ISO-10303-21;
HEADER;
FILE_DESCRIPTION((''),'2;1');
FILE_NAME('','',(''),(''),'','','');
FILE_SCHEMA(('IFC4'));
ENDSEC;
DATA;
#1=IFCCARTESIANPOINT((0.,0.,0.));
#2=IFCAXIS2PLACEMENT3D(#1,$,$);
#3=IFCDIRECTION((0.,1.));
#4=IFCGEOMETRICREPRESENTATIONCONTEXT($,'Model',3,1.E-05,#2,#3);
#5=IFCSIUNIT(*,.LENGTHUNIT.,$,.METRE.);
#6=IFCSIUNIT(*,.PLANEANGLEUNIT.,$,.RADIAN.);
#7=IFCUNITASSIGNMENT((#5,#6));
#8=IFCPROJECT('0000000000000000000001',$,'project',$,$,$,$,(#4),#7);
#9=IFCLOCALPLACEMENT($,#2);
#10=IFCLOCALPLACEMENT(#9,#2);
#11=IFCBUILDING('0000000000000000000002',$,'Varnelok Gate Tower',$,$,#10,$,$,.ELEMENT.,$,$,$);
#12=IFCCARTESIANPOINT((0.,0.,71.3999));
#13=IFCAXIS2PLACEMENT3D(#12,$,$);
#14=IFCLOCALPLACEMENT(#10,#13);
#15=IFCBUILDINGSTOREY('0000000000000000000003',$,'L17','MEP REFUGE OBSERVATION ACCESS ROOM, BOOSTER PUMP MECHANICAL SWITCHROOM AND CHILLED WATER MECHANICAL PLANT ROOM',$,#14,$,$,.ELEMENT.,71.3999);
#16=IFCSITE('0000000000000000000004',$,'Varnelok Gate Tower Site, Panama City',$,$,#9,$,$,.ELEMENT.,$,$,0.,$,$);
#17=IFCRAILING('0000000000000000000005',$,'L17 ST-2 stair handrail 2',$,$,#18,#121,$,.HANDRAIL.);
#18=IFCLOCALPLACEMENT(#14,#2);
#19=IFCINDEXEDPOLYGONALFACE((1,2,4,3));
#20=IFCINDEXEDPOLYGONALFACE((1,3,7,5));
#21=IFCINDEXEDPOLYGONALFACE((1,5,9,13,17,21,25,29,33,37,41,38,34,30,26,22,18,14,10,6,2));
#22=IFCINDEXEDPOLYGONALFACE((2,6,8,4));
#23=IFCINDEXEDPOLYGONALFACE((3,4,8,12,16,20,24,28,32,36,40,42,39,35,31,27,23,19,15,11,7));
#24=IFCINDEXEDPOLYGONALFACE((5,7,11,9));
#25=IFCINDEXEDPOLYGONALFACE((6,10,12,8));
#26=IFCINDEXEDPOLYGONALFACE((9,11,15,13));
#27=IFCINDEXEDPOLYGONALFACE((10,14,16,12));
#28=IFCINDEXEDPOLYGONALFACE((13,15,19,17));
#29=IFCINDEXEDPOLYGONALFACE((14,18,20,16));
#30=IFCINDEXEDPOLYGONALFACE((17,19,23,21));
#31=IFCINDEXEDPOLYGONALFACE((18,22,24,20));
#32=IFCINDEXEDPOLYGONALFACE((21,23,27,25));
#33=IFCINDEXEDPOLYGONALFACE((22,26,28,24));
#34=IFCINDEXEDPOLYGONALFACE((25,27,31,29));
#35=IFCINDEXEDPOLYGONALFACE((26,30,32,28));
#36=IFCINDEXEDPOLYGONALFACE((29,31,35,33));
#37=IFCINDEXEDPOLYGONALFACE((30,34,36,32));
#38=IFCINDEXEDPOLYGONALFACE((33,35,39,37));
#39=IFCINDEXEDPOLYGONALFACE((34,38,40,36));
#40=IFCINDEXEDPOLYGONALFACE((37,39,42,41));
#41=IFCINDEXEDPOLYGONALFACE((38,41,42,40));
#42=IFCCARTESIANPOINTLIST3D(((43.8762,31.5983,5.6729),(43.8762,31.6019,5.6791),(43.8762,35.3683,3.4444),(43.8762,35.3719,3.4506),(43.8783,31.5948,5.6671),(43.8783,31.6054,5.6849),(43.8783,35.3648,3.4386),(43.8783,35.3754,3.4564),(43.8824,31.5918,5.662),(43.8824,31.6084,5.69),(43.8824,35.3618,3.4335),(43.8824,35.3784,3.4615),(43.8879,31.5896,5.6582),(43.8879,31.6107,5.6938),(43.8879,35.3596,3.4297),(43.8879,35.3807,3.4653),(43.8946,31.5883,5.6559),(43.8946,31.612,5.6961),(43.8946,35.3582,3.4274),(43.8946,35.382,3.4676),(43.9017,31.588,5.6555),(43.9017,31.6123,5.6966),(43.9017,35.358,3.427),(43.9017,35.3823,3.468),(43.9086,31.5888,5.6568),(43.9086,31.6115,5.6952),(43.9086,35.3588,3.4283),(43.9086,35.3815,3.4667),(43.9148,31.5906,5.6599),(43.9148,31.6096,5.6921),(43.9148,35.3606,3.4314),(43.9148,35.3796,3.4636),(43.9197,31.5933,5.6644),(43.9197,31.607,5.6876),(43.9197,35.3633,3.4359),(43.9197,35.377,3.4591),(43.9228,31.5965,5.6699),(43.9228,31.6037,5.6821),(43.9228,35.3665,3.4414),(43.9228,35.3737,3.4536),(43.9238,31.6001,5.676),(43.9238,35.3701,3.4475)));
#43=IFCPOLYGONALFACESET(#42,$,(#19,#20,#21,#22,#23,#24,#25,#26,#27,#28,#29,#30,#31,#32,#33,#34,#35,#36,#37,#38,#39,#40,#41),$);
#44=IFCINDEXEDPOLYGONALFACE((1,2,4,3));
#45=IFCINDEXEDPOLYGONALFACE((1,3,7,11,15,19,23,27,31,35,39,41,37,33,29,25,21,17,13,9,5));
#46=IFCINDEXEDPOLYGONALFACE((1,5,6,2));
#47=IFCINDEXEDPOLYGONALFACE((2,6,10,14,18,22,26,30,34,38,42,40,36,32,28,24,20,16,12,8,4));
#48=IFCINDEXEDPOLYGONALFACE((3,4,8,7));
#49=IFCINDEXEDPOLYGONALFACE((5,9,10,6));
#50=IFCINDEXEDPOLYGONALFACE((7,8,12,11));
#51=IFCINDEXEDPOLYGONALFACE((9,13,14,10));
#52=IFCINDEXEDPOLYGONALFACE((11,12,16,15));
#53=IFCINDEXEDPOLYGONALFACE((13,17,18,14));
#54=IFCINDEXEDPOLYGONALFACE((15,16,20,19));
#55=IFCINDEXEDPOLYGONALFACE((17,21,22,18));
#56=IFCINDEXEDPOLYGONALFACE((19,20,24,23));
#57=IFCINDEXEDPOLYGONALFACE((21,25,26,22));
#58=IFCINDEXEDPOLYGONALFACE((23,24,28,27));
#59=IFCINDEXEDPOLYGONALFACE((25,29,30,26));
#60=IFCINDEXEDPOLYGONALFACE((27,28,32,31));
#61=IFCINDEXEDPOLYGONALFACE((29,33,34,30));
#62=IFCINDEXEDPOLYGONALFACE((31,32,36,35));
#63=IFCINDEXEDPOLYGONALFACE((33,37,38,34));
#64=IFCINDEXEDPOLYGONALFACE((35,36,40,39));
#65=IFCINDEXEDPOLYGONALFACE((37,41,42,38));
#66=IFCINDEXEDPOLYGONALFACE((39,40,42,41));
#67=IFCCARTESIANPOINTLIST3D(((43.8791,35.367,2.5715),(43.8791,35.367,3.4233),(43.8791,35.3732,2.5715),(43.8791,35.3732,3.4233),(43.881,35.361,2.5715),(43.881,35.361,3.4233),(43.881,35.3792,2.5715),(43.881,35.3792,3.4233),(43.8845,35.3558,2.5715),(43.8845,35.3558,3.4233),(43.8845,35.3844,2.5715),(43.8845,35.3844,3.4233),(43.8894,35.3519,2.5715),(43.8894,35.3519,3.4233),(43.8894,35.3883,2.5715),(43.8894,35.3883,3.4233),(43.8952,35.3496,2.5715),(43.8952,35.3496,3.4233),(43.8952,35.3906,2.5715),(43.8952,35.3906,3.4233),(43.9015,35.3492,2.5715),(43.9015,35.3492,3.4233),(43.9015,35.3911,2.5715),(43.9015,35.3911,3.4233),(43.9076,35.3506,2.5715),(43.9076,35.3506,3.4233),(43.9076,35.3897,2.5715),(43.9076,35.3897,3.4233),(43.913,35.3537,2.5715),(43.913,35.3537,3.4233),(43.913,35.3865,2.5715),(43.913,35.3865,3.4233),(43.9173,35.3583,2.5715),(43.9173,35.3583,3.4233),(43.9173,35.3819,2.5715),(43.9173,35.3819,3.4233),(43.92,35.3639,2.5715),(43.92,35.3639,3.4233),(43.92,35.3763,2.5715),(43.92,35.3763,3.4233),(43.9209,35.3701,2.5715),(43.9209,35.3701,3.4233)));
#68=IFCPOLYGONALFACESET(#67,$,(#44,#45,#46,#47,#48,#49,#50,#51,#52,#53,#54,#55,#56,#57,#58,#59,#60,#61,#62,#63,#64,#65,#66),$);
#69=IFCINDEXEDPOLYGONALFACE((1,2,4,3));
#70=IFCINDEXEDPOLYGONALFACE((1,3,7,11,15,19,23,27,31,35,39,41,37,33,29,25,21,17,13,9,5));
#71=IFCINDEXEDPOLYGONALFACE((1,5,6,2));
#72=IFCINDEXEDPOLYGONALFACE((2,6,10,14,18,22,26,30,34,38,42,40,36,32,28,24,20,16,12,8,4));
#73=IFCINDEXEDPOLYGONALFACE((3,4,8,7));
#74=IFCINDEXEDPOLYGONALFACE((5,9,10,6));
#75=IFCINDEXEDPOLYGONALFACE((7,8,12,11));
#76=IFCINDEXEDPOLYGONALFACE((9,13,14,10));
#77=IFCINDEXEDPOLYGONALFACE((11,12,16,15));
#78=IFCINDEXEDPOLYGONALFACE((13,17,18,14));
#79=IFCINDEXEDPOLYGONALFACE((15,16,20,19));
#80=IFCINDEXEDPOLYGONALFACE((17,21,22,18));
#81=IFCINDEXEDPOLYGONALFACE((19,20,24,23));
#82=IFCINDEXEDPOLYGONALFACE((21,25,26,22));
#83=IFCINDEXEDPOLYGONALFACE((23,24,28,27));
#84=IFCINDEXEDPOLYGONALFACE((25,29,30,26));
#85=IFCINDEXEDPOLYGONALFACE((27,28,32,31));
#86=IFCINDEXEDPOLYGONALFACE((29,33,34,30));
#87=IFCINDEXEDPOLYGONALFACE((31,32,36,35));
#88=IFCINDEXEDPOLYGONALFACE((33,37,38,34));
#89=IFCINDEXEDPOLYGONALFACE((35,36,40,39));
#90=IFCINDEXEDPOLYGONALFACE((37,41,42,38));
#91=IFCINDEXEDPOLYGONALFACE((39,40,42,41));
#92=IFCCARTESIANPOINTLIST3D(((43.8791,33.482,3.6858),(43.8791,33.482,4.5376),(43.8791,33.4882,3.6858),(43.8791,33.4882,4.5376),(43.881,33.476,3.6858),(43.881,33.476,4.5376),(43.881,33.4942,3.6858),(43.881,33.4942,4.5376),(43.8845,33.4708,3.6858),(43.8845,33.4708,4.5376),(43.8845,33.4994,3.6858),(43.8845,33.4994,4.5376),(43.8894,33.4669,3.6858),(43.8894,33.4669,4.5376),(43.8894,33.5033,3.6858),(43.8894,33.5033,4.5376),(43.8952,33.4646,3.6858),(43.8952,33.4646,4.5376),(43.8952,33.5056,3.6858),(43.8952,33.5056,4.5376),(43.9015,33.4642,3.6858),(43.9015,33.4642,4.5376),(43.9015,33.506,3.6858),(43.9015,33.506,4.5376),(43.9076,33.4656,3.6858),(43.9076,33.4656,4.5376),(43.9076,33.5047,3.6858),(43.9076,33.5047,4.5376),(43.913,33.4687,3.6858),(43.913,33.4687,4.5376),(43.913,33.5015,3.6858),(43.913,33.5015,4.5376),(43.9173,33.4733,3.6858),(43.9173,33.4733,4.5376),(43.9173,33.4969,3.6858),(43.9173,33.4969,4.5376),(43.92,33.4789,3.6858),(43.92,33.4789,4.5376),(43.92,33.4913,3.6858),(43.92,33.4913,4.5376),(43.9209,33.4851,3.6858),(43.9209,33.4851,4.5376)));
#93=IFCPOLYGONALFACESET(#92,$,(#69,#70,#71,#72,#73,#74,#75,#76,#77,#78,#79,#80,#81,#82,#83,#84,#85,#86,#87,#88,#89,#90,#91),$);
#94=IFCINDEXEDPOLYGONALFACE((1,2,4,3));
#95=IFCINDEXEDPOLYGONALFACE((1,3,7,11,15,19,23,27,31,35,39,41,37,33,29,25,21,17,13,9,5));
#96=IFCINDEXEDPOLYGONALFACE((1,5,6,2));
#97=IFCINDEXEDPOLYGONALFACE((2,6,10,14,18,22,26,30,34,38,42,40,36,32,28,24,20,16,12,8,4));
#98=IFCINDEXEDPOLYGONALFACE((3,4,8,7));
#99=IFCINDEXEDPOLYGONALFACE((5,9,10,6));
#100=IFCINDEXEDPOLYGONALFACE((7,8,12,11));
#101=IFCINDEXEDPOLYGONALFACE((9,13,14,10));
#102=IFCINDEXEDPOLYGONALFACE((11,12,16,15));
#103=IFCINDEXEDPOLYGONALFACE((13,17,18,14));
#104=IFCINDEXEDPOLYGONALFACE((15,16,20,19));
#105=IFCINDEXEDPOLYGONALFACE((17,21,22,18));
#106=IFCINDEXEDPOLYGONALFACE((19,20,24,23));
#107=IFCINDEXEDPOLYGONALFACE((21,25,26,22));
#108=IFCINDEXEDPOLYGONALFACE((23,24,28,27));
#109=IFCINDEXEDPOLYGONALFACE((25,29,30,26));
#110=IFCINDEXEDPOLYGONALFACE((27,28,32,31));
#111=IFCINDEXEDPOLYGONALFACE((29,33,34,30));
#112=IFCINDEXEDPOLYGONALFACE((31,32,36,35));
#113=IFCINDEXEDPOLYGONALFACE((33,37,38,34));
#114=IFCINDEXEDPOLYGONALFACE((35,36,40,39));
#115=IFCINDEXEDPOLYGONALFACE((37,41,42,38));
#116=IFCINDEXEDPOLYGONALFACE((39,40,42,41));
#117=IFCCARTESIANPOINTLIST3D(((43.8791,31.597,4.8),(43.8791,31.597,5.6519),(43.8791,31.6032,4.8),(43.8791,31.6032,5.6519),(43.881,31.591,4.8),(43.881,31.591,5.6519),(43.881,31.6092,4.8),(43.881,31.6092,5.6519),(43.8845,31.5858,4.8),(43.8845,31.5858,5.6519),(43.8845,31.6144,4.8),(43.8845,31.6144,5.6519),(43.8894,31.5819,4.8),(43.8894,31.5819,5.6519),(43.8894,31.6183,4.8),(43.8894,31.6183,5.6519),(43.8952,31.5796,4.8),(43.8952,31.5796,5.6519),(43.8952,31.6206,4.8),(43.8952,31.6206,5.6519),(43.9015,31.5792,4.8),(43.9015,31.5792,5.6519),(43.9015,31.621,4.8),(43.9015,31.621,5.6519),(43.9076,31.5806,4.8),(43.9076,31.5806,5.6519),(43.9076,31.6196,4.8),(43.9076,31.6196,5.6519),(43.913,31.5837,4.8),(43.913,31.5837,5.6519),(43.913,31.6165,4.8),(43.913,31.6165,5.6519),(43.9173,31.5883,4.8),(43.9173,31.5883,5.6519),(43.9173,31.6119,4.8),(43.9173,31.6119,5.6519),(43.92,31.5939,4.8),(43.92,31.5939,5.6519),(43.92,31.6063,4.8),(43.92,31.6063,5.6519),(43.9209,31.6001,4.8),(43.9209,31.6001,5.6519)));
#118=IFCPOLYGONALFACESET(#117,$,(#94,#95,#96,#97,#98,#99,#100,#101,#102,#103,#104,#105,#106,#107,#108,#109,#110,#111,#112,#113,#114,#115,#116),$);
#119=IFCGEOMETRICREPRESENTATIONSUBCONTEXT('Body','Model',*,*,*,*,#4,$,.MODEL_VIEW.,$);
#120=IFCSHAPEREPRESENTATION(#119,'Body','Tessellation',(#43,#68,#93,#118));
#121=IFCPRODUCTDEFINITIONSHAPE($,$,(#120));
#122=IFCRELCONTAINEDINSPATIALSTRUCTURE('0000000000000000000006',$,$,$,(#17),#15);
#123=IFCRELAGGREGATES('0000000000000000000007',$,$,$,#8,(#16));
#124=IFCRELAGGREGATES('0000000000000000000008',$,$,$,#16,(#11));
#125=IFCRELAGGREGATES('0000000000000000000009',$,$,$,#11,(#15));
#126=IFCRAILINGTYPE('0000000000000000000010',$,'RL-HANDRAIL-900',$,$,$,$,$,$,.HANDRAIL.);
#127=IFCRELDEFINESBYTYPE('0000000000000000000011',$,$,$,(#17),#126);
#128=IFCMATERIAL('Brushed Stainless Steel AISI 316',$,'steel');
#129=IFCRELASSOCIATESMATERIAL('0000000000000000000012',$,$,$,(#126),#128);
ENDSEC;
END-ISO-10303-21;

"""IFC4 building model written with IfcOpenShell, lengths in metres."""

from ifc_helpers import new_model, si_unit, direction, frame, origin, origin_2d, place, context, subcontext, project, spatial, circle, extrude, material, type_object, element, save


model = new_model("IFC4")

# Units and contexts
model_context = context("Model", 3, precision=1e-05, world=origin(), true_north=direction((0.0, 1.0)))
body_context = subcontext(model_context, "Body", "Model", "MODEL_VIEW")
ifc_project = project(units=[si_unit("LENGTHUNIT", "METRE"), si_unit("PLANEANGLEUNIT", "RADIAN")], contexts=[model_context])

# Site, building, storey
site_placement = place(None, origin())
site = spatial("IfcSite", under=ifc_project, at=site_placement, Name="Varnelok Gate Tower Site, Panama City", CompositionType="ELEMENT", RefElevation=0.0)
building_placement = place(site_placement, origin())
building = spatial("IfcBuilding", under=site, at=building_placement, Name="Varnelok Gate Tower", CompositionType="ELEMENT")
storey_placement = place(building_placement, frame((0.0, 0.0, 71.3999)))
storey = spatial("IfcBuildingStorey", under=building, at=storey_placement, Name="L17", Description="MEP REFUGE OBSERVATION ACCESS ROOM, BOOSTER PUMP MECHANICAL SWITCHROOM AND CHILLED WATER MECHANICAL PLANT ROOM", CompositionType="ELEMENT", Elevation=71.3999)

# Railing
ifc_material_1 = material(Name="Brushed Stainless Steel AISI 316", Category="steel")
railing_type_1 = type_object("IfcRailingType", Name="RL-HANDRAIL-900", PredefinedType="HANDRAIL", material=ifc_material_1)
railing_1_placement = place(storey_placement, frame((43.8999, 35.3701, 2.5715)))
element("IfcRailing", 1, at=railing_1_placement, inside=storey, type_object=railing_type_1, Name="L17 ST-2 stair handrail 2", PredefinedType="HANDRAIL", context=body_context, shape_type="SweptSolid", body=[
    extrude(circle(Radius=0.0239, at=origin_2d()), frame((0.0, 0.0, 0.876), z_axis=(0.0, -0.860849, 0.508861), x_axis=(1.0, 0.0, 0.0)), (0.0, 0.0, 1.0), 4.3794),
    extrude(circle(Radius=0.021, at=origin_2d()), origin(), (0.0, 0.0, 1.0), 0.8518),
    extrude(circle(Radius=0.021, at=origin_2d()), frame((0.0, -1.885, 1.1143)), (0.0, 0.0, 1.0), 0.8518),
    extrude(circle(Radius=0.021, at=origin_2d()), frame((0.0, -3.77, 2.2285)), (0.0, 0.0, 1.0), 0.8518),
])

save(model, "model.ifc")
